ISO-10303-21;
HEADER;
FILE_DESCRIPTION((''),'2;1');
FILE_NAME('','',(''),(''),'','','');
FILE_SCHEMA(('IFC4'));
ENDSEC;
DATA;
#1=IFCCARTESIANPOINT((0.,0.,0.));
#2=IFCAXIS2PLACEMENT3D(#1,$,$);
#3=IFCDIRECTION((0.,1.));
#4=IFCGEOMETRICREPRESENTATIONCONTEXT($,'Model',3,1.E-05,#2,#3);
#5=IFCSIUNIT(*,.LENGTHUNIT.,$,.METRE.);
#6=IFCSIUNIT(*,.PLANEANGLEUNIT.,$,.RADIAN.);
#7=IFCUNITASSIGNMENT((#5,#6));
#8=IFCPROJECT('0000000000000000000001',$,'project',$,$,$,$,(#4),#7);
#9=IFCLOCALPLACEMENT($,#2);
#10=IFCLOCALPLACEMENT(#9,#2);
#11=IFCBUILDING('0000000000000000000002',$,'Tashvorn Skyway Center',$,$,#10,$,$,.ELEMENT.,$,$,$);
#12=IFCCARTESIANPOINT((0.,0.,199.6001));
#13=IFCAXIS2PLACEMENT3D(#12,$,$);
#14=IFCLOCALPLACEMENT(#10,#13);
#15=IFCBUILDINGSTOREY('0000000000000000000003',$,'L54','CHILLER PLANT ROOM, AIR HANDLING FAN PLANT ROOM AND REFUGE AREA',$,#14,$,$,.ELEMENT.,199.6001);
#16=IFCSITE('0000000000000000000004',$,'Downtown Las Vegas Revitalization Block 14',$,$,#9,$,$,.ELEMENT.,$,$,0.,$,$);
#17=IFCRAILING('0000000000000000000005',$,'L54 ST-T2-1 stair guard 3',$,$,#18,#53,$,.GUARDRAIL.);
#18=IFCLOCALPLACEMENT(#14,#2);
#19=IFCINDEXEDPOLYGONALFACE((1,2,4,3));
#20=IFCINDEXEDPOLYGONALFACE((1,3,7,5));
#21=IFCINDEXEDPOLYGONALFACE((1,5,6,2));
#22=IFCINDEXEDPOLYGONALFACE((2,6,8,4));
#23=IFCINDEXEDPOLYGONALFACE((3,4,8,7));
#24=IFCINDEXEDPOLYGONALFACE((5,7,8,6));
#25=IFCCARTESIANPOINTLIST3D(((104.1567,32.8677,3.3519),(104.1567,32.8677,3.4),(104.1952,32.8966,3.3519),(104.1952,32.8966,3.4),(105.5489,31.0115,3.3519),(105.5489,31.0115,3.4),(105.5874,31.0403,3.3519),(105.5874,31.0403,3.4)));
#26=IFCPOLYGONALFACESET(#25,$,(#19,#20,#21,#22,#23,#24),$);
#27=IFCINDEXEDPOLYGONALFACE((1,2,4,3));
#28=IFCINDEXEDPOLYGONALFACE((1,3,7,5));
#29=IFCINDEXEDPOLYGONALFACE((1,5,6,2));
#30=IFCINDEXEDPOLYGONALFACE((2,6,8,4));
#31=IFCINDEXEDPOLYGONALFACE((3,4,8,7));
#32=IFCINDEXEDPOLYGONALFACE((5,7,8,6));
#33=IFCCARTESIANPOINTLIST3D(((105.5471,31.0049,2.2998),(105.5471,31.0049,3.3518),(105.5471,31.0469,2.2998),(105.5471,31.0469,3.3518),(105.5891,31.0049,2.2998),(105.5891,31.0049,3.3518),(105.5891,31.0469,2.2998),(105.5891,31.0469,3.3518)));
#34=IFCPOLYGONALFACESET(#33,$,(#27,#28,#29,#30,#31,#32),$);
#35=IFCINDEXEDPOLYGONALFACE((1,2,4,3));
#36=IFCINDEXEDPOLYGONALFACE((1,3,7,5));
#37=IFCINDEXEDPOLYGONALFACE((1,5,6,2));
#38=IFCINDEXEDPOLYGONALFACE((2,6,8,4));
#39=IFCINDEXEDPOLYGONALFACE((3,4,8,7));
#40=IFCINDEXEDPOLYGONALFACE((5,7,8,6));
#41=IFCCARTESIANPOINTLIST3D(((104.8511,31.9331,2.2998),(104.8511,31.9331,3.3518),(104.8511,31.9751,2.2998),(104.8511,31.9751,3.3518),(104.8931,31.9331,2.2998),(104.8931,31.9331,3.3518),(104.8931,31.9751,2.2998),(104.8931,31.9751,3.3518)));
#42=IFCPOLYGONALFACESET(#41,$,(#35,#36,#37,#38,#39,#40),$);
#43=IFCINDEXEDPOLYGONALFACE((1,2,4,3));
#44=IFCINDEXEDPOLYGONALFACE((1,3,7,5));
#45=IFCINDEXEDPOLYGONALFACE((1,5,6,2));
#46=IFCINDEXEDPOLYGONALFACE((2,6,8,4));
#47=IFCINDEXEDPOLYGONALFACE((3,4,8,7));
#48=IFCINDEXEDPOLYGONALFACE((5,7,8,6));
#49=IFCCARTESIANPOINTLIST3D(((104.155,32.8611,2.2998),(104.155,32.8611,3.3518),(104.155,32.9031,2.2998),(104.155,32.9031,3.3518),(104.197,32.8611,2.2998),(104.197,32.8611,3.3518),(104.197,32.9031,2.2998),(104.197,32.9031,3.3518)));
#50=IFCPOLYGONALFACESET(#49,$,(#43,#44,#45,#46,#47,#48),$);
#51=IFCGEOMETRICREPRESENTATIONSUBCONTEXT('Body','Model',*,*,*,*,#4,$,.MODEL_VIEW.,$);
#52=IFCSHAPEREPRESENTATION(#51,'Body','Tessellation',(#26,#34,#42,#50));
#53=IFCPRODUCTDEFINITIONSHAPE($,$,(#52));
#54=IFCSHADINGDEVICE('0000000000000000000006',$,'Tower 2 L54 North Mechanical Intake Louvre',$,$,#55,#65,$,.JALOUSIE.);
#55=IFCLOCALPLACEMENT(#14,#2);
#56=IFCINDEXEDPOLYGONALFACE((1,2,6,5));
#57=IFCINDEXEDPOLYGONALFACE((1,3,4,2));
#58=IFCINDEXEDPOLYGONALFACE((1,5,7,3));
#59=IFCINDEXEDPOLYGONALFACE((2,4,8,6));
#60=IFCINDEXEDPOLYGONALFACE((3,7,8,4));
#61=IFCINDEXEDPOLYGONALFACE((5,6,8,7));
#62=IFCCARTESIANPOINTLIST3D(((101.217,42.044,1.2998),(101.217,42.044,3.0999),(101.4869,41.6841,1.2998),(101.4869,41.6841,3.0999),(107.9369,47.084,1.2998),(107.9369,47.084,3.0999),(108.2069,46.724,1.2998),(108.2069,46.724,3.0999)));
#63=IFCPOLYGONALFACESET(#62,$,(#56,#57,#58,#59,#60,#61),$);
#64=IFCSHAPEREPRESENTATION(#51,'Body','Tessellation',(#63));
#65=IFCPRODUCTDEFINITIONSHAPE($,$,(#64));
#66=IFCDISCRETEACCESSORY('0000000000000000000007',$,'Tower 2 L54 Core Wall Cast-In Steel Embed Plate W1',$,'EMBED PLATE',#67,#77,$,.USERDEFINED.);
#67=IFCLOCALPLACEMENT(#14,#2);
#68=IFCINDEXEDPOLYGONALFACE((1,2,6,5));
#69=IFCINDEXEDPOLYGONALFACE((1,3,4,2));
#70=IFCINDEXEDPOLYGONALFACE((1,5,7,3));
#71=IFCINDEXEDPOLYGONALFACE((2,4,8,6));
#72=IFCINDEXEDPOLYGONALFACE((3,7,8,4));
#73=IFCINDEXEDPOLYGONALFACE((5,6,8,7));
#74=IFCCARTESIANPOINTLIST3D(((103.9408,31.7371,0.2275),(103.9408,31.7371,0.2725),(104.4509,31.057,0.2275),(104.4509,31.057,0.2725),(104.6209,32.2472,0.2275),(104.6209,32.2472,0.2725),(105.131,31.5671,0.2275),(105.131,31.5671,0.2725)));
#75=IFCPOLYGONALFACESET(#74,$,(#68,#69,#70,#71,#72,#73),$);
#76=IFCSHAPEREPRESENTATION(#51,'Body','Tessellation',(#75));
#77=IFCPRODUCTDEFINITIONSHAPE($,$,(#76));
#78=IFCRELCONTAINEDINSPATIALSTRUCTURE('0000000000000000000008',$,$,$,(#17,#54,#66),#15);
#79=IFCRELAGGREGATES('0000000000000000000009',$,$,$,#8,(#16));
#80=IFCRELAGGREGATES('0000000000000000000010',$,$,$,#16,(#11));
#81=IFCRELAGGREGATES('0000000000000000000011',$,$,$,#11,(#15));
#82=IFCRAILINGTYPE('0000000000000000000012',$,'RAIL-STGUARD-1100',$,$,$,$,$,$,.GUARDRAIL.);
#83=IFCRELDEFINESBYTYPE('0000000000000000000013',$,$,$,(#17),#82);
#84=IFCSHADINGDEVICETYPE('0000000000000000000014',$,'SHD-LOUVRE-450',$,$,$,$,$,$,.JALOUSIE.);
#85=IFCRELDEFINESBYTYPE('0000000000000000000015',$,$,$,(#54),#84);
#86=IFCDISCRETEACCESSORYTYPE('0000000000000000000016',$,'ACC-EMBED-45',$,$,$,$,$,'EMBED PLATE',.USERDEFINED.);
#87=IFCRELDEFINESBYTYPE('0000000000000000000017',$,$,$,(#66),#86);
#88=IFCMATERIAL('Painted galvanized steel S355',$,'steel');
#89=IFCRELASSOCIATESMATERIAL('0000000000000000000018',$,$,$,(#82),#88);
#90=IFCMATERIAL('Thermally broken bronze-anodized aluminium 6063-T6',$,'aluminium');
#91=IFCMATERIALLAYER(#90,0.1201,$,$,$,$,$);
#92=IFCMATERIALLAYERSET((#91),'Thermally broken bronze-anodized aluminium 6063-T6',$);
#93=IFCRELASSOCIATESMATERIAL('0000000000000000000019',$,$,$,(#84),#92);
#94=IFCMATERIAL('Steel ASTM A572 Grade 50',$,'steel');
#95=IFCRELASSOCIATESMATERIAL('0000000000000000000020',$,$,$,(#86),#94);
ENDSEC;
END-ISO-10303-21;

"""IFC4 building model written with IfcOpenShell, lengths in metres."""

from ifc_helpers import new_model, si_unit, direction, frame, origin, origin_2d, place, context, subcontext, project, spatial, rectangle, extrude, material, layer, layer_set, type_object, element, save


model = new_model("IFC4")

# Units and contexts
model_context = context("Model", 3, precision=1e-05, world=origin(), true_north=direction((0.0, 1.0)))
body_context = subcontext(model_context, "Body", "Model", "MODEL_VIEW")
ifc_project = project(units=[si_unit("LENGTHUNIT", "METRE"), si_unit("PLANEANGLEUNIT", "RADIAN")], contexts=[model_context])

# Site, building, storey
site_placement = place(None, origin())
site = spatial("IfcSite", under=ifc_project, at=site_placement, Name="Downtown Las Vegas Revitalization Block 14", CompositionType="ELEMENT", RefElevation=0.0)
building_placement = place(site_placement, origin())
building = spatial("IfcBuilding", under=site, at=building_placement, Name="Tashvorn Skyway Center", CompositionType="ELEMENT")
storey_placement = place(building_placement, frame((0.0, 0.0, 199.6001)))
storey = spatial("IfcBuildingStorey", under=building, at=storey_placement, Name="L54", Description="CHILLER PLANT ROOM, AIR HANDLING FAN PLANT ROOM AND REFUGE AREA", CompositionType="ELEMENT", Elevation=199.6001)

# Shared definitions
ifc_material_1 = material(Name="Steel ASTM A572 Grade 50", Category="steel")

# Railing
ifc_material_2 = material(Name="Painted galvanized steel S355", Category="steel")
railing_type = type_object("IfcRailingType", Name="RAIL-STGUARD-1100", PredefinedType="GUARDRAIL", material=ifc_material_2)
railing_placement = place(storey_placement, frame((105.5681, 31.0259, 2.2998)))
element("IfcRailing", 1, at=railing_placement, inside=storey, type_object=railing_type, Name="L54 ST-T2-1 stair guard 3", PredefinedType="GUARDRAIL", context=body_context, shape_type="SweptSolid", body=[
    extrude(rectangle(XDim=0.0481, YDim=0.0481, at=origin_2d()), frame((0.0, 0.0, 1.0762), z_axis=(-0.599983, 0.800013, 0.0), x_axis=(-0.800013, -0.599983, 0.0)), (0.0, 0.0, 1.0), 2.3203),
    extrude(rectangle(XDim=0.042, YDim=0.042, at=origin_2d()), origin(), (0.0, 0.0, 1.0), 1.052),
    extrude(rectangle(XDim=0.042, YDim=0.042, at=origin_2d()), frame((-0.696, 0.9282, 0.0)), (0.0, 0.0, 1.0), 1.052),
    extrude(rectangle(XDim=0.042, YDim=0.042, at=origin_2d()), frame((-1.3921, 1.8562, 0.0)), (0.0, 0.0, 1.0), 1.052),
])

# Shading device
ifc_material_3 = material(Name="Thermally broken bronze-anodized aluminium 6063-T6", Category="aluminium")
ifc_layer_1 = layer(ifc_material_3, 0.1201)
ifc_layer_set_1 = layer_set([ifc_layer_1], Name="Thermally broken bronze-anodized aluminium 6063-T6")
shading_device_type = type_object("IfcShadingDeviceType", Name="SHD-LOUVRE-450", PredefinedType="JALOUSIE", material=ifc_layer_set_1)
shading_device_placement = place(storey_placement, frame((104.7119, 44.384, 1.2998), z_axis=(0.0, 0.0, 1.0), x_axis=(0.8, 0.6, 0.0)))
element("IfcShadingDevice", 2, at=shading_device_placement, inside=storey, type_object=shading_device_type, Name="Tower 2 L54 North Mechanical Intake Louvre", PredefinedType="JALOUSIE", context=body_context, shape_type="SweptSolid", body=[
    extrude(rectangle(XDim=8.3999, YDim=0.45, at=origin_2d()), origin(), (0.0, 0.0, 1.0), 1.8),
])

# Discrete accessory
discrete_accessory_type = type_object("IfcDiscreteAccessoryType", Name="ACC-EMBED-45", ElementType="EMBED PLATE", PredefinedType="USERDEFINED", material=ifc_material_1)
discrete_accessory_placement = place(storey_placement, frame((104.5359, 31.6521, 0.2275), z_axis=(0.0, 0.0, 1.0), x_axis=(0.8, 0.6, 0.0)))
element("IfcDiscreteAccessory", 3, at=discrete_accessory_placement, inside=storey, type_object=discrete_accessory_type, Name="Tower 2 L54 Core Wall Cast-In Steel Embed Plate W1", ObjectType="EMBED PLATE", PredefinedType="USERDEFINED", context=body_context, shape_type="SweptSolid", body=[
    extrude(rectangle(XDim=0.8501, YDim=0.8501, at=origin_2d()), origin(), (0.0, 0.0, 1.0), 0.0449),
])

save(model, "model.ifc")
